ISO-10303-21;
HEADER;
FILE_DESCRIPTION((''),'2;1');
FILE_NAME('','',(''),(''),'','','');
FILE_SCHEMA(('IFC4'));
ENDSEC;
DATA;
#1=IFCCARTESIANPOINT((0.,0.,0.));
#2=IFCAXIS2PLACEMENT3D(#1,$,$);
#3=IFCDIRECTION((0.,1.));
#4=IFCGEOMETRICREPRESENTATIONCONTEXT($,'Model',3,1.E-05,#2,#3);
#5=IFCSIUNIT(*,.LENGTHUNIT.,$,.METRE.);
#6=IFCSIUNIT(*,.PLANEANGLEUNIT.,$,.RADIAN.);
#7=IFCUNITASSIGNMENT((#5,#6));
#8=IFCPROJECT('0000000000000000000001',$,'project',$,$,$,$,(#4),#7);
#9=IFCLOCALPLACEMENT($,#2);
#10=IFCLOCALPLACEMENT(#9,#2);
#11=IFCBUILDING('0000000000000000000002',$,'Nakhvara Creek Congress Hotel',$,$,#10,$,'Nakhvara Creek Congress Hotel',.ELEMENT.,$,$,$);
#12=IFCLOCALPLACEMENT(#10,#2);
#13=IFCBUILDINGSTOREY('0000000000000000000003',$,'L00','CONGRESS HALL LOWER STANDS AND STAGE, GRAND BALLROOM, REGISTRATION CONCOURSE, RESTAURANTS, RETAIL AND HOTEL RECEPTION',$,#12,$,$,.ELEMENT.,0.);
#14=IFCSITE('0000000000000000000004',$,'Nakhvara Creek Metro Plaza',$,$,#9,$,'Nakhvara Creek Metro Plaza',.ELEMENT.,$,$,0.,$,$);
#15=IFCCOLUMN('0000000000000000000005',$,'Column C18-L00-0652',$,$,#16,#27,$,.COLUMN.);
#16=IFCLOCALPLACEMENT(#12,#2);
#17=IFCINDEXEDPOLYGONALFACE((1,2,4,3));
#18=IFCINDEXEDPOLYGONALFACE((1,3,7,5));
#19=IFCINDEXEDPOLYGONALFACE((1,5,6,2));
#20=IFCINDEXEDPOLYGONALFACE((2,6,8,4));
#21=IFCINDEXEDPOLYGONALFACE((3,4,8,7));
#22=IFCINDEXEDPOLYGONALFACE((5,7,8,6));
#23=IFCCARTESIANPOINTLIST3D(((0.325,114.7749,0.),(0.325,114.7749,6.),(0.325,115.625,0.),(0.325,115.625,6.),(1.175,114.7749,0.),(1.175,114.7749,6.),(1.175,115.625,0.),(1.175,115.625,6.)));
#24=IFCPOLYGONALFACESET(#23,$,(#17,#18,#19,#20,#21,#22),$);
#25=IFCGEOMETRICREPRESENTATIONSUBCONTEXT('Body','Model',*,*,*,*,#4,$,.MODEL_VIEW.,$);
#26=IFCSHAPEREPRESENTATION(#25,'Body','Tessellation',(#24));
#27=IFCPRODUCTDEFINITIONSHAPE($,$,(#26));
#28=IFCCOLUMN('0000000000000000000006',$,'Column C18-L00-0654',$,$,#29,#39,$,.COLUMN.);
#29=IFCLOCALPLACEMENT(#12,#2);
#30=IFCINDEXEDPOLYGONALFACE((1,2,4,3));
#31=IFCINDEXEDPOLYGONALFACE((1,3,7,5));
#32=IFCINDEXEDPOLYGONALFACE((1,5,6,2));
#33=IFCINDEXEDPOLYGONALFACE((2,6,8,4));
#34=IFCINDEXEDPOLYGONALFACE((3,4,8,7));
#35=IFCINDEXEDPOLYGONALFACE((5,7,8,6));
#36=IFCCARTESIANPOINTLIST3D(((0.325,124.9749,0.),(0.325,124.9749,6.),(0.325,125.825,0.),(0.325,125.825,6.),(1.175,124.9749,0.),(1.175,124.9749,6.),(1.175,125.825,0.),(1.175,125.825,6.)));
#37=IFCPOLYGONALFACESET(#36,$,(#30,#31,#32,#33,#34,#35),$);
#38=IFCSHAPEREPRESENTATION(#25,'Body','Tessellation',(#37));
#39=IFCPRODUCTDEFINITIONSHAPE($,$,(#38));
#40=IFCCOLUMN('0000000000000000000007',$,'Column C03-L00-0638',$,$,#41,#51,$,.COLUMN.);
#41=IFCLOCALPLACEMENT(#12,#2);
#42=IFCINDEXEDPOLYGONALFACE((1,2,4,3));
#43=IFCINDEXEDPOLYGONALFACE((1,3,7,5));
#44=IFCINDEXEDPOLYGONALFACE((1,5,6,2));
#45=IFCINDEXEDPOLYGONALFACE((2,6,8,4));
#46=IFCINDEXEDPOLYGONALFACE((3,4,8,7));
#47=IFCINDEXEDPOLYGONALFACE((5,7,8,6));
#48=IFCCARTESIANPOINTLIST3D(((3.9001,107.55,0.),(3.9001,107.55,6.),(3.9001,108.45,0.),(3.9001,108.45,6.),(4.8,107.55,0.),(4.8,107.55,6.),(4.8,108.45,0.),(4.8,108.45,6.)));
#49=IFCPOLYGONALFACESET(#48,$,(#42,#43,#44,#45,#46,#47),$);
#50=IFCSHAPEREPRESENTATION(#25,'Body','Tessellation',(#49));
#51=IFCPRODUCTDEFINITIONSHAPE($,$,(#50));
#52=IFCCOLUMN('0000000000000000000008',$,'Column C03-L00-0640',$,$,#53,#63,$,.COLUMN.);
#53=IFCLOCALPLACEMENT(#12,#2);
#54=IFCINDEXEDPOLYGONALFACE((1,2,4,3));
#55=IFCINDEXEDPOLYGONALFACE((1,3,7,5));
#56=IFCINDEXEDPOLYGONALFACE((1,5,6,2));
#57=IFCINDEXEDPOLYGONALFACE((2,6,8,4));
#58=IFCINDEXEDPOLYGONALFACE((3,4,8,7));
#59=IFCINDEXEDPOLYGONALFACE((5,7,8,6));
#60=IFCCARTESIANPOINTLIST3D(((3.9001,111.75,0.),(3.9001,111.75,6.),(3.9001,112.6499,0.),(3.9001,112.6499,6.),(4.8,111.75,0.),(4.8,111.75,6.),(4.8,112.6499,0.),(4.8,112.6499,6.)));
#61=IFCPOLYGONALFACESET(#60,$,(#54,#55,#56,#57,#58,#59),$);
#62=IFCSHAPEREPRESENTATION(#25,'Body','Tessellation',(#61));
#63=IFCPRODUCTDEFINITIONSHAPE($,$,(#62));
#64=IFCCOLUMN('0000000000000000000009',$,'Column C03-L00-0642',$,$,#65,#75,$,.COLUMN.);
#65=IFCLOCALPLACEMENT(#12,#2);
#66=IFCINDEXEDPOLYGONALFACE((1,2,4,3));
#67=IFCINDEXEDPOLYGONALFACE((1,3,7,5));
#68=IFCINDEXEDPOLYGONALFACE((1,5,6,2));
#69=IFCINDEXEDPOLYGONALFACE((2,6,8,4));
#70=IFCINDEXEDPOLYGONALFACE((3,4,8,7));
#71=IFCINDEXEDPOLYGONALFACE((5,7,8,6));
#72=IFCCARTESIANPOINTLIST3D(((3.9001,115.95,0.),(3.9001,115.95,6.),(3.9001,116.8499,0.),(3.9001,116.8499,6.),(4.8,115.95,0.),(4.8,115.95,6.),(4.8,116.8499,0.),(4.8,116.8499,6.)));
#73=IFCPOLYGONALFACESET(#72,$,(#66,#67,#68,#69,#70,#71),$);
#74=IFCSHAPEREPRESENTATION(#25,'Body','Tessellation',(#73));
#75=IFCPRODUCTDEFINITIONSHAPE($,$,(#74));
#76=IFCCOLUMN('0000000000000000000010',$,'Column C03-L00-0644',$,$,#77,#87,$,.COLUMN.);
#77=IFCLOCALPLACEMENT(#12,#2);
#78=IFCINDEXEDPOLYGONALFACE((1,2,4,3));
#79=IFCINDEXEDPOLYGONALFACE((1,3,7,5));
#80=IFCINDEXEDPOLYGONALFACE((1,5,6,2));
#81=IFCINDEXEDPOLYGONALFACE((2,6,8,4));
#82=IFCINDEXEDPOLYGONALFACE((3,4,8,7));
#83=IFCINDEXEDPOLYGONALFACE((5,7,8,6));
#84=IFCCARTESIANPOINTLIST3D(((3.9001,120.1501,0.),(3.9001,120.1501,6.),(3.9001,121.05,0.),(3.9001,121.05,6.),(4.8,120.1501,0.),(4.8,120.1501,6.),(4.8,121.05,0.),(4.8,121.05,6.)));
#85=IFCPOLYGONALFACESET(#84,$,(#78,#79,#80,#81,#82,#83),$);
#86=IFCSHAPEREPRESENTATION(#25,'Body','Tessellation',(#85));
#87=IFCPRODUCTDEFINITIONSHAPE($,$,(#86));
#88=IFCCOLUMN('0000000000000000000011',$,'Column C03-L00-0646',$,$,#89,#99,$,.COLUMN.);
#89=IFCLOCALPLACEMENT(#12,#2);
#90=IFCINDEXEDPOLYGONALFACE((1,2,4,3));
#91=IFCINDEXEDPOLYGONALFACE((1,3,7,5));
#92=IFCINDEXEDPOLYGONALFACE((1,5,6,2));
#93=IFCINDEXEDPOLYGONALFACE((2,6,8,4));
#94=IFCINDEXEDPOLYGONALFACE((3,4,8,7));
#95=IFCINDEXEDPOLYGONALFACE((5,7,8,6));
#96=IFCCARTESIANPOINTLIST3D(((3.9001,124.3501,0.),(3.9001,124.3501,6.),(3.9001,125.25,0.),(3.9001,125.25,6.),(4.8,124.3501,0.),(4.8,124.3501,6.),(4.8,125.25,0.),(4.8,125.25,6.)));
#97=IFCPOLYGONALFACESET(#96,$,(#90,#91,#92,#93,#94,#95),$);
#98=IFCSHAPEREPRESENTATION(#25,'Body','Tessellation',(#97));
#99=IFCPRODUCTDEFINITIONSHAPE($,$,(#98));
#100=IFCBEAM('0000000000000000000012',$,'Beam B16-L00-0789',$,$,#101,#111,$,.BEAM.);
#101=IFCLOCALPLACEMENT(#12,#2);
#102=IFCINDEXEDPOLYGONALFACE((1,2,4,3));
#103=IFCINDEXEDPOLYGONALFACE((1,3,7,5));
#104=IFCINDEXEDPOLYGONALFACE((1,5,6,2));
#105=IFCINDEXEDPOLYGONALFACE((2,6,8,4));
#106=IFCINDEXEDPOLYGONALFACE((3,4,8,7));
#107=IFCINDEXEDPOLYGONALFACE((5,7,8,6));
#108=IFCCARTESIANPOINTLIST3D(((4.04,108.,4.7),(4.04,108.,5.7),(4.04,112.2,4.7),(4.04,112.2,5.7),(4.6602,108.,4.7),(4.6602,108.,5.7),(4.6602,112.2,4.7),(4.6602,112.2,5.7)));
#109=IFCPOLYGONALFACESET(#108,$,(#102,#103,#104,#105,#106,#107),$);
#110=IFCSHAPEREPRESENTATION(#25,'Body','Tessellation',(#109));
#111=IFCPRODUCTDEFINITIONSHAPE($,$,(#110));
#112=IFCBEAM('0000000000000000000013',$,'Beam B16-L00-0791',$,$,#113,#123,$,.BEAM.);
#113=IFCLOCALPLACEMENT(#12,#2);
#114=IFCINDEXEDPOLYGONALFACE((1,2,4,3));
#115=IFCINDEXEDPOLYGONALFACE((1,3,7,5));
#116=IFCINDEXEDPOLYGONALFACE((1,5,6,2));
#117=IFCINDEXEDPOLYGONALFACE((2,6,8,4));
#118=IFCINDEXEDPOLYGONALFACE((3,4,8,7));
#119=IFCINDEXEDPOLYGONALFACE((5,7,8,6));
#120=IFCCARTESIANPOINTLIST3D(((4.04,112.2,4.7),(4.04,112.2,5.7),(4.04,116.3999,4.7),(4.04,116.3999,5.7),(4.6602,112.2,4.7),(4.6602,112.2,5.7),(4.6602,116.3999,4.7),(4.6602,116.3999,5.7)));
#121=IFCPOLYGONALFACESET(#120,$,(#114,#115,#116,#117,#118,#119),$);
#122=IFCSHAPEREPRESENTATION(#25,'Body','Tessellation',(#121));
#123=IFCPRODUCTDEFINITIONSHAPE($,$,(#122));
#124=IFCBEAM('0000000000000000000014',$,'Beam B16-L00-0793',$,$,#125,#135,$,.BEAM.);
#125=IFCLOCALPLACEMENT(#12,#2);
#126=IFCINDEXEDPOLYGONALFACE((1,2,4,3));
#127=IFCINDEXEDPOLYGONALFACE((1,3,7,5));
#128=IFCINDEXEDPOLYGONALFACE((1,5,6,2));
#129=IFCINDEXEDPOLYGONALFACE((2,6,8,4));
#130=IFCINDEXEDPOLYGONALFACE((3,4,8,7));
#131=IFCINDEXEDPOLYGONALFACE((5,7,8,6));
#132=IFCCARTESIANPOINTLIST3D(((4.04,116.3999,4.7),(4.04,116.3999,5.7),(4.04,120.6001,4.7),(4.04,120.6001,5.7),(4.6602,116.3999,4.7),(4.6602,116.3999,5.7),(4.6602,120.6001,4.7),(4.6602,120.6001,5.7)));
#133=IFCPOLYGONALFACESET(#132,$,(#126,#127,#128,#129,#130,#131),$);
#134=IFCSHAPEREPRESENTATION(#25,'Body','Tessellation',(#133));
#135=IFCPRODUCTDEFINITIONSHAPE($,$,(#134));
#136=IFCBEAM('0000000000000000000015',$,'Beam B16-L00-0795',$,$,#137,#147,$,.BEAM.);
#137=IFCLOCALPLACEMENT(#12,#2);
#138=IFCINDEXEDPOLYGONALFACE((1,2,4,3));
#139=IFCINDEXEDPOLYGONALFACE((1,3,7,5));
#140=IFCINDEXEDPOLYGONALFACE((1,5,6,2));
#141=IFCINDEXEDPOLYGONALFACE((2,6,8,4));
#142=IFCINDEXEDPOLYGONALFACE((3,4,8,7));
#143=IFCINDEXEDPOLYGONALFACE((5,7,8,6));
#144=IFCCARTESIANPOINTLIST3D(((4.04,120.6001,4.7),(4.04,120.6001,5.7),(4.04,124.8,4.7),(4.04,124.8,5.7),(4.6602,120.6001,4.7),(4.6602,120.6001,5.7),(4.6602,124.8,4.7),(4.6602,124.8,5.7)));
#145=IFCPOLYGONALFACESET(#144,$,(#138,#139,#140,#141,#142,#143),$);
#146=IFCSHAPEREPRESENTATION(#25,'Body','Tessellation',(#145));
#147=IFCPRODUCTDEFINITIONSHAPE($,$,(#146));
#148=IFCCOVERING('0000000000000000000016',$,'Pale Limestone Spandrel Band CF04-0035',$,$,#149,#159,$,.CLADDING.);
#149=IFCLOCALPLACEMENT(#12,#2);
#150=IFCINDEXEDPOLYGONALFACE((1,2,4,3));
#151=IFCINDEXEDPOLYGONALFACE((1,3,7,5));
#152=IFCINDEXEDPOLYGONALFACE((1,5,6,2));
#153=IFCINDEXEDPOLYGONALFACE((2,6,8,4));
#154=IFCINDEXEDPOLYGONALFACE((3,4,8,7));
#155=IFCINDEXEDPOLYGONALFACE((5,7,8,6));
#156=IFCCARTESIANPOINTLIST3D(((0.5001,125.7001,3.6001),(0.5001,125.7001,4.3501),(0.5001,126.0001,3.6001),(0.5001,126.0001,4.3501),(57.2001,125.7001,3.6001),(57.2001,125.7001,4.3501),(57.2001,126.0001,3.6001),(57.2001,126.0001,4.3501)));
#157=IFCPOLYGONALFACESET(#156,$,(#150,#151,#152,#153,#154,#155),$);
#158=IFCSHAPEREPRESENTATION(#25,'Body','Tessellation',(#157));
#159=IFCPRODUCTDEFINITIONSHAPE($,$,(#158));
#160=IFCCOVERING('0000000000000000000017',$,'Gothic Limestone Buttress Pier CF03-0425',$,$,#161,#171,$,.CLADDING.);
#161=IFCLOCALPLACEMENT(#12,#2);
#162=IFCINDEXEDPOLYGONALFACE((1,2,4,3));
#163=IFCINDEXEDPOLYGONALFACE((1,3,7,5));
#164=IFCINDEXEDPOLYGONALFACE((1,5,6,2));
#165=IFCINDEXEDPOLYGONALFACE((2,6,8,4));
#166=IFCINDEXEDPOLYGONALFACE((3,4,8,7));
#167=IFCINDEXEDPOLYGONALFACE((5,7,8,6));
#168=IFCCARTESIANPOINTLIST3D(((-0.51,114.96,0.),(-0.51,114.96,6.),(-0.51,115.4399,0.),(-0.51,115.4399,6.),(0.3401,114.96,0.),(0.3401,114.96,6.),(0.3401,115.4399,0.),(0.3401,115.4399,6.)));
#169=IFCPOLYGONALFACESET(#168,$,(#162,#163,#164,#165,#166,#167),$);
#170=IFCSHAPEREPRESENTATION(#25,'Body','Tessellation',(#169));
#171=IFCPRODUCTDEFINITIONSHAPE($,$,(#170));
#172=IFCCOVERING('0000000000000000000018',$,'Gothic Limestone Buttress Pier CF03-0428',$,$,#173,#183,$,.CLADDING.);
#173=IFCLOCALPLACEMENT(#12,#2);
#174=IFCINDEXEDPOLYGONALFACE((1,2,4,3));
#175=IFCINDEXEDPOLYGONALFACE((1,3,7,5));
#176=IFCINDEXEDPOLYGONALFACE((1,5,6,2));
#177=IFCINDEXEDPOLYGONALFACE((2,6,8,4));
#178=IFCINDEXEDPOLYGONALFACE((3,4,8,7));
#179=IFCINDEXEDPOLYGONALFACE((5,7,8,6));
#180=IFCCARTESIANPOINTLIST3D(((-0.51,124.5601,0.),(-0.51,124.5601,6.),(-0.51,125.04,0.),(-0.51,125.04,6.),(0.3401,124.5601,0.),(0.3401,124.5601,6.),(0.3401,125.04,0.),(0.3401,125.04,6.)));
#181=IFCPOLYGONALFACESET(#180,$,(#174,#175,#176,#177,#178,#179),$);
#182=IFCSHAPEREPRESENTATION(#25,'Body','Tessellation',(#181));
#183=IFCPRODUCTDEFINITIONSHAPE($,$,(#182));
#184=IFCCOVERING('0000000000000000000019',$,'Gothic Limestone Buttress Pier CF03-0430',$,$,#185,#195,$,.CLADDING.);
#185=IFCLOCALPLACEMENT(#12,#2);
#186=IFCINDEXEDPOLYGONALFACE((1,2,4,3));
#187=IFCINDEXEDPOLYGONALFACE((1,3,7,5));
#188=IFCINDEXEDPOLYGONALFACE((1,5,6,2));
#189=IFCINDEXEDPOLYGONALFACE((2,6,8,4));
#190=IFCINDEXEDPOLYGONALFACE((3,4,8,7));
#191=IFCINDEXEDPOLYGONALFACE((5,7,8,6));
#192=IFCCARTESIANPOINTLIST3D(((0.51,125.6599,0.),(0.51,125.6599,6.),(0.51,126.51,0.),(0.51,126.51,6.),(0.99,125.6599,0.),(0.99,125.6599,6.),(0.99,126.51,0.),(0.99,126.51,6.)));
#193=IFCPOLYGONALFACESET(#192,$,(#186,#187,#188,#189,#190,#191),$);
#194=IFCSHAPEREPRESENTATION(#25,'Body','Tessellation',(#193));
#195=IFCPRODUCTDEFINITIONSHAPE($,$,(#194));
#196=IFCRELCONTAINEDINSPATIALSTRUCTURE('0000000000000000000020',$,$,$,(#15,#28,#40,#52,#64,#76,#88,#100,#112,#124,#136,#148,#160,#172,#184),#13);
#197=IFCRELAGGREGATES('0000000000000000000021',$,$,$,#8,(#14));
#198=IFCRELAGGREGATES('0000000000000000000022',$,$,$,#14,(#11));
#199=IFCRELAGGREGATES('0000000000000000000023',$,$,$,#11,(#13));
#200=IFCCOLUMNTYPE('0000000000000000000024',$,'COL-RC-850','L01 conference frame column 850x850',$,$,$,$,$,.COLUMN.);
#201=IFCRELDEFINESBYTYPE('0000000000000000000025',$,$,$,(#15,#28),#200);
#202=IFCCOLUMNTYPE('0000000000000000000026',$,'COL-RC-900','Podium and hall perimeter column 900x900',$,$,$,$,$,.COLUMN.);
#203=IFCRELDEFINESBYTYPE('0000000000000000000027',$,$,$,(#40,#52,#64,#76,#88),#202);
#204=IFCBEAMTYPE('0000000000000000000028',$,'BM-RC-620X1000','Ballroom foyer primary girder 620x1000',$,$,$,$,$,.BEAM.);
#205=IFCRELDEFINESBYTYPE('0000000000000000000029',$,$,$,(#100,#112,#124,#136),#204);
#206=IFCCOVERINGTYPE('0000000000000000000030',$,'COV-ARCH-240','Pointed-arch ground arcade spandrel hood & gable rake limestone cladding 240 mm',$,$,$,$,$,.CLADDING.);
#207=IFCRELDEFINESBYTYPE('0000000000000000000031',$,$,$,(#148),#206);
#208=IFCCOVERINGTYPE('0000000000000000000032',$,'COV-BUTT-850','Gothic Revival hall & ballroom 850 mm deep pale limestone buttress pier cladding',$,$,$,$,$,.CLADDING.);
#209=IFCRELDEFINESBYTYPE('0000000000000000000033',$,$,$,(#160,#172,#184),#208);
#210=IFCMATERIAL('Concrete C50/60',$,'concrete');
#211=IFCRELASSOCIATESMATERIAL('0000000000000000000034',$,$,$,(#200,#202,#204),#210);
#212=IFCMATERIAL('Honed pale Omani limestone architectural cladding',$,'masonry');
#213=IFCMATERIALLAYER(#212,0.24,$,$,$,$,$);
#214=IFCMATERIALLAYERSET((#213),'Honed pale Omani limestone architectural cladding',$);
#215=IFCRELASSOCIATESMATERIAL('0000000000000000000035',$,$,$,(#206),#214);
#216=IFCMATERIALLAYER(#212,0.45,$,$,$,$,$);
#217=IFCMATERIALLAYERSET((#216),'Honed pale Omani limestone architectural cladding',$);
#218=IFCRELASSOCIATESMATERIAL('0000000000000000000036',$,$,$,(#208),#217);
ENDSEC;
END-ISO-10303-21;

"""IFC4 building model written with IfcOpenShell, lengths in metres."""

from ifc_helpers import new_model, si_unit, direction, frame, origin, origin_2d, place, context, subcontext, project, spatial, rectangle, extrude, material, layer, layer_set, material_profile, profile_set, type_object, element, save


model = new_model("IFC4")

# Units and contexts
model_context = context("Model", 3, precision=1e-05, world=origin(), true_north=direction((0.0, 1.0)))
body_context = subcontext(model_context, "Body", "Model", "MODEL_VIEW")
ifc_project = project(units=[si_unit("LENGTHUNIT", "METRE"), si_unit("PLANEANGLEUNIT", "RADIAN")], contexts=[model_context])

# Site, building, storey
site_placement = place(None, origin())
site = spatial("IfcSite", under=ifc_project, at=site_placement, Name="Nakhvara Creek Metro Plaza", LongName="Nakhvara Creek Metro Plaza", CompositionType="ELEMENT", RefElevation=0.0)
building_placement = place(site_placement, origin())
building = spatial("IfcBuilding", under=site, at=building_placement, Name="Nakhvara Creek Congress Hotel", LongName="Nakhvara Creek Congress Hotel", CompositionType="ELEMENT")
storey_placement = place(building_placement, origin())
storey = spatial("IfcBuildingStorey", under=building, at=storey_placement, Name="L00", Description="CONGRESS HALL LOWER STANDS AND STAGE, GRAND BALLROOM, REGISTRATION CONCOURSE, RESTAURANTS, RETAIL AND HOTEL RECEPTION", CompositionType="ELEMENT", Elevation=0.0)

# Columns
ifc_material_1 = material(Name="Concrete C50/60", Category="concrete")
ifc_material_profile_1 = material_profile(ifc_material_1, rectangle(XDim=0.8501, YDim=0.8501, at=origin_2d()), Name="RC-COL 850x850", Category="LoadBearing")
ifc_profile_set_1 = profile_set([ifc_material_profile_1], Name="Concrete C50/60")
column_type_1 = type_object("IfcColumnType", Name="COL-RC-850", Description="L01 conference frame column 850x850", PredefinedType="COLUMN", material=ifc_profile_set_1)
for number, where, z_axis, x_axis, name in (
    (1, (0.75, 115.2, 0.0), (0.0, 0.0, 1.0), (1.0, 0.0, 0.0), "Column C18-L00-0652"),
    (2, (0.75, 125.3999, 0.0), (0.0, 0.0, 1.0), (1.0, 0.0, 0.0), "Column C18-L00-0654"),
):
    element("IfcColumn", number, at=place(storey_placement, frame(where, z_axis=z_axis, x_axis=x_axis)), inside=storey, type_object=column_type_1, Name=name, PredefinedType="COLUMN", context=body_context, shape_type="SweptSolid", body=[
        extrude(rectangle(XDim=0.8501, YDim=0.8501, at=origin_2d()), origin(), (0.0, 0.0, 1.0), 6.0),
    ])
ifc_material_profile_2 = material_profile(ifc_material_1, rectangle(XDim=0.8999, YDim=0.8999, at=origin_2d()), Name="RC-COL 900x900", Category="LoadBearing")
ifc_profile_set_2 = profile_set([ifc_material_profile_2], Name="Concrete C50/60")
column_type_2 = type_object("IfcColumnType", Name="COL-RC-900", Description="Podium and hall perimeter column 900x900", PredefinedType="COLUMN", material=ifc_profile_set_2)
for number, where, z_axis, x_axis, name in (
    (3, (4.3501, 108.0, 0.0), (0.0, 0.0, 1.0), (1.0, 0.0, 0.0), "Column C03-L00-0638"),
    (4, (4.3501, 112.2, 0.0), (0.0, 0.0, 1.0), (1.0, 0.0, 0.0), "Column C03-L00-0640"),
    (5, (4.3501, 116.3999, 0.0), (0.0, 0.0, 1.0), (1.0, 0.0, 0.0), "Column C03-L00-0642"),
    (6, (4.3501, 120.6001, 0.0), (0.0, 0.0, 1.0), (1.0, 0.0, 0.0), "Column C03-L00-0644"),
    (7, (4.3501, 124.8, 0.0), (0.0, 0.0, 1.0), (1.0, 0.0, 0.0), "Column C03-L00-0646"),
):
    element("IfcColumn", number, at=place(storey_placement, frame(where, z_axis=z_axis, x_axis=x_axis)), inside=storey, type_object=column_type_2, Name=name, PredefinedType="COLUMN", context=body_context, shape_type="SweptSolid", body=[
        extrude(rectangle(XDim=0.8999, YDim=0.8999, at=origin_2d()), origin(), (0.0, 0.0, 1.0), 6.0),
    ])

# Beams
ifc_material_profile_3 = material_profile(ifc_material_1, rectangle(XDim=0.6201, YDim=1.0, at=origin_2d()), Name="RC-BM 620x1000", Category="LoadBearing")
ifc_profile_set_3 = profile_set([ifc_material_profile_3], Name="Concrete C50/60")
beam_type = type_object("IfcBeamType", Name="BM-RC-620X1000", Description="Ballroom foyer primary girder 620x1000", PredefinedType="BEAM", material=ifc_profile_set_3)
for number, where, z_axis, x_axis, name in (
    (8, (4.3501, 108.0, 5.2), (0.0, 1.0, 0.0), (-1.0, 0.0, 0.0), "Beam B16-L00-0789"),
    (9, (4.3501, 112.2, 5.2), (0.0, 1.0, 0.0), (-1.0, 0.0, 0.0), "Beam B16-L00-0791"),
):
    element("IfcBeam", number, at=place(storey_placement, frame(where, z_axis=z_axis, x_axis=x_axis)), inside=storey, type_object=beam_type, Name=name, PredefinedType="BEAM", context=body_context, shape_type="SweptSolid", body=[
        extrude(rectangle(XDim=0.6201, YDim=1.0, at=origin_2d()), origin(), (0.0, 0.0, 1.0), 4.2),
    ])
beam_1_placement = place(storey_placement, frame((4.3501, 116.3999, 5.2), z_axis=(0.0, 1.0, 0.0), x_axis=(-1.0, 0.0, 0.0)))
element("IfcBeam", 10, at=beam_1_placement, inside=storey, type_object=beam_type, Name="Beam B16-L00-0793", PredefinedType="BEAM", context=body_context, shape_type="SweptSolid", body=[
    extrude(rectangle(XDim=0.6201, YDim=1.0, at=origin_2d()), origin(), (0.0, 0.0, 1.0), 4.2002),
])
beam_2_placement = place(storey_placement, frame((4.3501, 120.6001, 5.2), z_axis=(0.0, 1.0, 0.0), x_axis=(-1.0, 0.0, 0.0)))
element("IfcBeam", 11, at=beam_2_placement, inside=storey, type_object=beam_type, Name="Beam B16-L00-0795", PredefinedType="BEAM", context=body_context, shape_type="SweptSolid", body=[
    extrude(rectangle(XDim=0.6201, YDim=1.0, at=origin_2d()), origin(), (0.0, 0.0, 1.0), 4.2),
])

# Coverings
ifc_material_2 = material(Name="Honed pale Omani limestone architectural cladding", Category="masonry")
ifc_layer_1 = layer(ifc_material_2, 0.24)
ifc_layer_set_1 = layer_set([ifc_layer_1], Name="Honed pale Omani limestone architectural cladding")
covering_type_1 = type_object("IfcCoveringType", Name="COV-ARCH-240", Description="Pointed-arch ground arcade spandrel hood & gable rake limestone cladding 240 mm", PredefinedType="CLADDING", material=ifc_layer_set_1)
covering_placement = place(storey_placement, frame((28.8501, 125.8501, 3.6001), z_axis=(0.0, 0.0, 1.0), x_axis=(1.0, 0.0, 0.0)))
element("IfcCovering", 12, at=covering_placement, inside=storey, type_object=covering_type_1, Name="Pale Limestone Spandrel Band CF04-0035", PredefinedType="CLADDING", context=body_context, shape_type="SweptSolid", body=[
    extrude(rectangle(XDim=56.7, YDim=0.3, at=origin_2d()), origin(), (0.0, 0.0, 1.0), 0.75),
])
ifc_layer_2 = layer(ifc_material_2, 0.45)
ifc_layer_set_2 = layer_set([ifc_layer_2], Name="Honed pale Omani limestone architectural cladding")
covering_type_2 = type_object("IfcCoveringType", Name="COV-BUTT-850", Description="Gothic Revival hall & ballroom 850 mm deep pale limestone buttress pier cladding", PredefinedType="CLADDING", material=ifc_layer_set_2)
for number, where, z_axis, x_axis, name in (
    (13, (-0.085, 115.2, 0.0), (0.0, 0.0, 1.0), (0.0, 1.0, 0.0), "Gothic Limestone Buttress Pier CF03-0425"),
    (14, (-0.085, 124.8, 0.0), (0.0, 0.0, 1.0), (0.0, 1.0, 0.0), "Gothic Limestone Buttress Pier CF03-0428"),
    (15, (0.75, 126.085, 0.0), (0.0, 0.0, 1.0), (1.0, 0.0, 0.0), "Gothic Limestone Buttress Pier CF03-0430"),
):
    element("IfcCovering", number, at=place(storey_placement, frame(where, z_axis=z_axis, x_axis=x_axis)), inside=storey, type_object=covering_type_2, Name=name, PredefinedType="CLADDING", context=body_context, shape_type="SweptSolid", body=[
        extrude(rectangle(XDim=0.48, YDim=0.8501, at=origin_2d()), origin(), (0.0, 0.0, 1.0), 6.0),
    ])

save(model, "model.ifc")
